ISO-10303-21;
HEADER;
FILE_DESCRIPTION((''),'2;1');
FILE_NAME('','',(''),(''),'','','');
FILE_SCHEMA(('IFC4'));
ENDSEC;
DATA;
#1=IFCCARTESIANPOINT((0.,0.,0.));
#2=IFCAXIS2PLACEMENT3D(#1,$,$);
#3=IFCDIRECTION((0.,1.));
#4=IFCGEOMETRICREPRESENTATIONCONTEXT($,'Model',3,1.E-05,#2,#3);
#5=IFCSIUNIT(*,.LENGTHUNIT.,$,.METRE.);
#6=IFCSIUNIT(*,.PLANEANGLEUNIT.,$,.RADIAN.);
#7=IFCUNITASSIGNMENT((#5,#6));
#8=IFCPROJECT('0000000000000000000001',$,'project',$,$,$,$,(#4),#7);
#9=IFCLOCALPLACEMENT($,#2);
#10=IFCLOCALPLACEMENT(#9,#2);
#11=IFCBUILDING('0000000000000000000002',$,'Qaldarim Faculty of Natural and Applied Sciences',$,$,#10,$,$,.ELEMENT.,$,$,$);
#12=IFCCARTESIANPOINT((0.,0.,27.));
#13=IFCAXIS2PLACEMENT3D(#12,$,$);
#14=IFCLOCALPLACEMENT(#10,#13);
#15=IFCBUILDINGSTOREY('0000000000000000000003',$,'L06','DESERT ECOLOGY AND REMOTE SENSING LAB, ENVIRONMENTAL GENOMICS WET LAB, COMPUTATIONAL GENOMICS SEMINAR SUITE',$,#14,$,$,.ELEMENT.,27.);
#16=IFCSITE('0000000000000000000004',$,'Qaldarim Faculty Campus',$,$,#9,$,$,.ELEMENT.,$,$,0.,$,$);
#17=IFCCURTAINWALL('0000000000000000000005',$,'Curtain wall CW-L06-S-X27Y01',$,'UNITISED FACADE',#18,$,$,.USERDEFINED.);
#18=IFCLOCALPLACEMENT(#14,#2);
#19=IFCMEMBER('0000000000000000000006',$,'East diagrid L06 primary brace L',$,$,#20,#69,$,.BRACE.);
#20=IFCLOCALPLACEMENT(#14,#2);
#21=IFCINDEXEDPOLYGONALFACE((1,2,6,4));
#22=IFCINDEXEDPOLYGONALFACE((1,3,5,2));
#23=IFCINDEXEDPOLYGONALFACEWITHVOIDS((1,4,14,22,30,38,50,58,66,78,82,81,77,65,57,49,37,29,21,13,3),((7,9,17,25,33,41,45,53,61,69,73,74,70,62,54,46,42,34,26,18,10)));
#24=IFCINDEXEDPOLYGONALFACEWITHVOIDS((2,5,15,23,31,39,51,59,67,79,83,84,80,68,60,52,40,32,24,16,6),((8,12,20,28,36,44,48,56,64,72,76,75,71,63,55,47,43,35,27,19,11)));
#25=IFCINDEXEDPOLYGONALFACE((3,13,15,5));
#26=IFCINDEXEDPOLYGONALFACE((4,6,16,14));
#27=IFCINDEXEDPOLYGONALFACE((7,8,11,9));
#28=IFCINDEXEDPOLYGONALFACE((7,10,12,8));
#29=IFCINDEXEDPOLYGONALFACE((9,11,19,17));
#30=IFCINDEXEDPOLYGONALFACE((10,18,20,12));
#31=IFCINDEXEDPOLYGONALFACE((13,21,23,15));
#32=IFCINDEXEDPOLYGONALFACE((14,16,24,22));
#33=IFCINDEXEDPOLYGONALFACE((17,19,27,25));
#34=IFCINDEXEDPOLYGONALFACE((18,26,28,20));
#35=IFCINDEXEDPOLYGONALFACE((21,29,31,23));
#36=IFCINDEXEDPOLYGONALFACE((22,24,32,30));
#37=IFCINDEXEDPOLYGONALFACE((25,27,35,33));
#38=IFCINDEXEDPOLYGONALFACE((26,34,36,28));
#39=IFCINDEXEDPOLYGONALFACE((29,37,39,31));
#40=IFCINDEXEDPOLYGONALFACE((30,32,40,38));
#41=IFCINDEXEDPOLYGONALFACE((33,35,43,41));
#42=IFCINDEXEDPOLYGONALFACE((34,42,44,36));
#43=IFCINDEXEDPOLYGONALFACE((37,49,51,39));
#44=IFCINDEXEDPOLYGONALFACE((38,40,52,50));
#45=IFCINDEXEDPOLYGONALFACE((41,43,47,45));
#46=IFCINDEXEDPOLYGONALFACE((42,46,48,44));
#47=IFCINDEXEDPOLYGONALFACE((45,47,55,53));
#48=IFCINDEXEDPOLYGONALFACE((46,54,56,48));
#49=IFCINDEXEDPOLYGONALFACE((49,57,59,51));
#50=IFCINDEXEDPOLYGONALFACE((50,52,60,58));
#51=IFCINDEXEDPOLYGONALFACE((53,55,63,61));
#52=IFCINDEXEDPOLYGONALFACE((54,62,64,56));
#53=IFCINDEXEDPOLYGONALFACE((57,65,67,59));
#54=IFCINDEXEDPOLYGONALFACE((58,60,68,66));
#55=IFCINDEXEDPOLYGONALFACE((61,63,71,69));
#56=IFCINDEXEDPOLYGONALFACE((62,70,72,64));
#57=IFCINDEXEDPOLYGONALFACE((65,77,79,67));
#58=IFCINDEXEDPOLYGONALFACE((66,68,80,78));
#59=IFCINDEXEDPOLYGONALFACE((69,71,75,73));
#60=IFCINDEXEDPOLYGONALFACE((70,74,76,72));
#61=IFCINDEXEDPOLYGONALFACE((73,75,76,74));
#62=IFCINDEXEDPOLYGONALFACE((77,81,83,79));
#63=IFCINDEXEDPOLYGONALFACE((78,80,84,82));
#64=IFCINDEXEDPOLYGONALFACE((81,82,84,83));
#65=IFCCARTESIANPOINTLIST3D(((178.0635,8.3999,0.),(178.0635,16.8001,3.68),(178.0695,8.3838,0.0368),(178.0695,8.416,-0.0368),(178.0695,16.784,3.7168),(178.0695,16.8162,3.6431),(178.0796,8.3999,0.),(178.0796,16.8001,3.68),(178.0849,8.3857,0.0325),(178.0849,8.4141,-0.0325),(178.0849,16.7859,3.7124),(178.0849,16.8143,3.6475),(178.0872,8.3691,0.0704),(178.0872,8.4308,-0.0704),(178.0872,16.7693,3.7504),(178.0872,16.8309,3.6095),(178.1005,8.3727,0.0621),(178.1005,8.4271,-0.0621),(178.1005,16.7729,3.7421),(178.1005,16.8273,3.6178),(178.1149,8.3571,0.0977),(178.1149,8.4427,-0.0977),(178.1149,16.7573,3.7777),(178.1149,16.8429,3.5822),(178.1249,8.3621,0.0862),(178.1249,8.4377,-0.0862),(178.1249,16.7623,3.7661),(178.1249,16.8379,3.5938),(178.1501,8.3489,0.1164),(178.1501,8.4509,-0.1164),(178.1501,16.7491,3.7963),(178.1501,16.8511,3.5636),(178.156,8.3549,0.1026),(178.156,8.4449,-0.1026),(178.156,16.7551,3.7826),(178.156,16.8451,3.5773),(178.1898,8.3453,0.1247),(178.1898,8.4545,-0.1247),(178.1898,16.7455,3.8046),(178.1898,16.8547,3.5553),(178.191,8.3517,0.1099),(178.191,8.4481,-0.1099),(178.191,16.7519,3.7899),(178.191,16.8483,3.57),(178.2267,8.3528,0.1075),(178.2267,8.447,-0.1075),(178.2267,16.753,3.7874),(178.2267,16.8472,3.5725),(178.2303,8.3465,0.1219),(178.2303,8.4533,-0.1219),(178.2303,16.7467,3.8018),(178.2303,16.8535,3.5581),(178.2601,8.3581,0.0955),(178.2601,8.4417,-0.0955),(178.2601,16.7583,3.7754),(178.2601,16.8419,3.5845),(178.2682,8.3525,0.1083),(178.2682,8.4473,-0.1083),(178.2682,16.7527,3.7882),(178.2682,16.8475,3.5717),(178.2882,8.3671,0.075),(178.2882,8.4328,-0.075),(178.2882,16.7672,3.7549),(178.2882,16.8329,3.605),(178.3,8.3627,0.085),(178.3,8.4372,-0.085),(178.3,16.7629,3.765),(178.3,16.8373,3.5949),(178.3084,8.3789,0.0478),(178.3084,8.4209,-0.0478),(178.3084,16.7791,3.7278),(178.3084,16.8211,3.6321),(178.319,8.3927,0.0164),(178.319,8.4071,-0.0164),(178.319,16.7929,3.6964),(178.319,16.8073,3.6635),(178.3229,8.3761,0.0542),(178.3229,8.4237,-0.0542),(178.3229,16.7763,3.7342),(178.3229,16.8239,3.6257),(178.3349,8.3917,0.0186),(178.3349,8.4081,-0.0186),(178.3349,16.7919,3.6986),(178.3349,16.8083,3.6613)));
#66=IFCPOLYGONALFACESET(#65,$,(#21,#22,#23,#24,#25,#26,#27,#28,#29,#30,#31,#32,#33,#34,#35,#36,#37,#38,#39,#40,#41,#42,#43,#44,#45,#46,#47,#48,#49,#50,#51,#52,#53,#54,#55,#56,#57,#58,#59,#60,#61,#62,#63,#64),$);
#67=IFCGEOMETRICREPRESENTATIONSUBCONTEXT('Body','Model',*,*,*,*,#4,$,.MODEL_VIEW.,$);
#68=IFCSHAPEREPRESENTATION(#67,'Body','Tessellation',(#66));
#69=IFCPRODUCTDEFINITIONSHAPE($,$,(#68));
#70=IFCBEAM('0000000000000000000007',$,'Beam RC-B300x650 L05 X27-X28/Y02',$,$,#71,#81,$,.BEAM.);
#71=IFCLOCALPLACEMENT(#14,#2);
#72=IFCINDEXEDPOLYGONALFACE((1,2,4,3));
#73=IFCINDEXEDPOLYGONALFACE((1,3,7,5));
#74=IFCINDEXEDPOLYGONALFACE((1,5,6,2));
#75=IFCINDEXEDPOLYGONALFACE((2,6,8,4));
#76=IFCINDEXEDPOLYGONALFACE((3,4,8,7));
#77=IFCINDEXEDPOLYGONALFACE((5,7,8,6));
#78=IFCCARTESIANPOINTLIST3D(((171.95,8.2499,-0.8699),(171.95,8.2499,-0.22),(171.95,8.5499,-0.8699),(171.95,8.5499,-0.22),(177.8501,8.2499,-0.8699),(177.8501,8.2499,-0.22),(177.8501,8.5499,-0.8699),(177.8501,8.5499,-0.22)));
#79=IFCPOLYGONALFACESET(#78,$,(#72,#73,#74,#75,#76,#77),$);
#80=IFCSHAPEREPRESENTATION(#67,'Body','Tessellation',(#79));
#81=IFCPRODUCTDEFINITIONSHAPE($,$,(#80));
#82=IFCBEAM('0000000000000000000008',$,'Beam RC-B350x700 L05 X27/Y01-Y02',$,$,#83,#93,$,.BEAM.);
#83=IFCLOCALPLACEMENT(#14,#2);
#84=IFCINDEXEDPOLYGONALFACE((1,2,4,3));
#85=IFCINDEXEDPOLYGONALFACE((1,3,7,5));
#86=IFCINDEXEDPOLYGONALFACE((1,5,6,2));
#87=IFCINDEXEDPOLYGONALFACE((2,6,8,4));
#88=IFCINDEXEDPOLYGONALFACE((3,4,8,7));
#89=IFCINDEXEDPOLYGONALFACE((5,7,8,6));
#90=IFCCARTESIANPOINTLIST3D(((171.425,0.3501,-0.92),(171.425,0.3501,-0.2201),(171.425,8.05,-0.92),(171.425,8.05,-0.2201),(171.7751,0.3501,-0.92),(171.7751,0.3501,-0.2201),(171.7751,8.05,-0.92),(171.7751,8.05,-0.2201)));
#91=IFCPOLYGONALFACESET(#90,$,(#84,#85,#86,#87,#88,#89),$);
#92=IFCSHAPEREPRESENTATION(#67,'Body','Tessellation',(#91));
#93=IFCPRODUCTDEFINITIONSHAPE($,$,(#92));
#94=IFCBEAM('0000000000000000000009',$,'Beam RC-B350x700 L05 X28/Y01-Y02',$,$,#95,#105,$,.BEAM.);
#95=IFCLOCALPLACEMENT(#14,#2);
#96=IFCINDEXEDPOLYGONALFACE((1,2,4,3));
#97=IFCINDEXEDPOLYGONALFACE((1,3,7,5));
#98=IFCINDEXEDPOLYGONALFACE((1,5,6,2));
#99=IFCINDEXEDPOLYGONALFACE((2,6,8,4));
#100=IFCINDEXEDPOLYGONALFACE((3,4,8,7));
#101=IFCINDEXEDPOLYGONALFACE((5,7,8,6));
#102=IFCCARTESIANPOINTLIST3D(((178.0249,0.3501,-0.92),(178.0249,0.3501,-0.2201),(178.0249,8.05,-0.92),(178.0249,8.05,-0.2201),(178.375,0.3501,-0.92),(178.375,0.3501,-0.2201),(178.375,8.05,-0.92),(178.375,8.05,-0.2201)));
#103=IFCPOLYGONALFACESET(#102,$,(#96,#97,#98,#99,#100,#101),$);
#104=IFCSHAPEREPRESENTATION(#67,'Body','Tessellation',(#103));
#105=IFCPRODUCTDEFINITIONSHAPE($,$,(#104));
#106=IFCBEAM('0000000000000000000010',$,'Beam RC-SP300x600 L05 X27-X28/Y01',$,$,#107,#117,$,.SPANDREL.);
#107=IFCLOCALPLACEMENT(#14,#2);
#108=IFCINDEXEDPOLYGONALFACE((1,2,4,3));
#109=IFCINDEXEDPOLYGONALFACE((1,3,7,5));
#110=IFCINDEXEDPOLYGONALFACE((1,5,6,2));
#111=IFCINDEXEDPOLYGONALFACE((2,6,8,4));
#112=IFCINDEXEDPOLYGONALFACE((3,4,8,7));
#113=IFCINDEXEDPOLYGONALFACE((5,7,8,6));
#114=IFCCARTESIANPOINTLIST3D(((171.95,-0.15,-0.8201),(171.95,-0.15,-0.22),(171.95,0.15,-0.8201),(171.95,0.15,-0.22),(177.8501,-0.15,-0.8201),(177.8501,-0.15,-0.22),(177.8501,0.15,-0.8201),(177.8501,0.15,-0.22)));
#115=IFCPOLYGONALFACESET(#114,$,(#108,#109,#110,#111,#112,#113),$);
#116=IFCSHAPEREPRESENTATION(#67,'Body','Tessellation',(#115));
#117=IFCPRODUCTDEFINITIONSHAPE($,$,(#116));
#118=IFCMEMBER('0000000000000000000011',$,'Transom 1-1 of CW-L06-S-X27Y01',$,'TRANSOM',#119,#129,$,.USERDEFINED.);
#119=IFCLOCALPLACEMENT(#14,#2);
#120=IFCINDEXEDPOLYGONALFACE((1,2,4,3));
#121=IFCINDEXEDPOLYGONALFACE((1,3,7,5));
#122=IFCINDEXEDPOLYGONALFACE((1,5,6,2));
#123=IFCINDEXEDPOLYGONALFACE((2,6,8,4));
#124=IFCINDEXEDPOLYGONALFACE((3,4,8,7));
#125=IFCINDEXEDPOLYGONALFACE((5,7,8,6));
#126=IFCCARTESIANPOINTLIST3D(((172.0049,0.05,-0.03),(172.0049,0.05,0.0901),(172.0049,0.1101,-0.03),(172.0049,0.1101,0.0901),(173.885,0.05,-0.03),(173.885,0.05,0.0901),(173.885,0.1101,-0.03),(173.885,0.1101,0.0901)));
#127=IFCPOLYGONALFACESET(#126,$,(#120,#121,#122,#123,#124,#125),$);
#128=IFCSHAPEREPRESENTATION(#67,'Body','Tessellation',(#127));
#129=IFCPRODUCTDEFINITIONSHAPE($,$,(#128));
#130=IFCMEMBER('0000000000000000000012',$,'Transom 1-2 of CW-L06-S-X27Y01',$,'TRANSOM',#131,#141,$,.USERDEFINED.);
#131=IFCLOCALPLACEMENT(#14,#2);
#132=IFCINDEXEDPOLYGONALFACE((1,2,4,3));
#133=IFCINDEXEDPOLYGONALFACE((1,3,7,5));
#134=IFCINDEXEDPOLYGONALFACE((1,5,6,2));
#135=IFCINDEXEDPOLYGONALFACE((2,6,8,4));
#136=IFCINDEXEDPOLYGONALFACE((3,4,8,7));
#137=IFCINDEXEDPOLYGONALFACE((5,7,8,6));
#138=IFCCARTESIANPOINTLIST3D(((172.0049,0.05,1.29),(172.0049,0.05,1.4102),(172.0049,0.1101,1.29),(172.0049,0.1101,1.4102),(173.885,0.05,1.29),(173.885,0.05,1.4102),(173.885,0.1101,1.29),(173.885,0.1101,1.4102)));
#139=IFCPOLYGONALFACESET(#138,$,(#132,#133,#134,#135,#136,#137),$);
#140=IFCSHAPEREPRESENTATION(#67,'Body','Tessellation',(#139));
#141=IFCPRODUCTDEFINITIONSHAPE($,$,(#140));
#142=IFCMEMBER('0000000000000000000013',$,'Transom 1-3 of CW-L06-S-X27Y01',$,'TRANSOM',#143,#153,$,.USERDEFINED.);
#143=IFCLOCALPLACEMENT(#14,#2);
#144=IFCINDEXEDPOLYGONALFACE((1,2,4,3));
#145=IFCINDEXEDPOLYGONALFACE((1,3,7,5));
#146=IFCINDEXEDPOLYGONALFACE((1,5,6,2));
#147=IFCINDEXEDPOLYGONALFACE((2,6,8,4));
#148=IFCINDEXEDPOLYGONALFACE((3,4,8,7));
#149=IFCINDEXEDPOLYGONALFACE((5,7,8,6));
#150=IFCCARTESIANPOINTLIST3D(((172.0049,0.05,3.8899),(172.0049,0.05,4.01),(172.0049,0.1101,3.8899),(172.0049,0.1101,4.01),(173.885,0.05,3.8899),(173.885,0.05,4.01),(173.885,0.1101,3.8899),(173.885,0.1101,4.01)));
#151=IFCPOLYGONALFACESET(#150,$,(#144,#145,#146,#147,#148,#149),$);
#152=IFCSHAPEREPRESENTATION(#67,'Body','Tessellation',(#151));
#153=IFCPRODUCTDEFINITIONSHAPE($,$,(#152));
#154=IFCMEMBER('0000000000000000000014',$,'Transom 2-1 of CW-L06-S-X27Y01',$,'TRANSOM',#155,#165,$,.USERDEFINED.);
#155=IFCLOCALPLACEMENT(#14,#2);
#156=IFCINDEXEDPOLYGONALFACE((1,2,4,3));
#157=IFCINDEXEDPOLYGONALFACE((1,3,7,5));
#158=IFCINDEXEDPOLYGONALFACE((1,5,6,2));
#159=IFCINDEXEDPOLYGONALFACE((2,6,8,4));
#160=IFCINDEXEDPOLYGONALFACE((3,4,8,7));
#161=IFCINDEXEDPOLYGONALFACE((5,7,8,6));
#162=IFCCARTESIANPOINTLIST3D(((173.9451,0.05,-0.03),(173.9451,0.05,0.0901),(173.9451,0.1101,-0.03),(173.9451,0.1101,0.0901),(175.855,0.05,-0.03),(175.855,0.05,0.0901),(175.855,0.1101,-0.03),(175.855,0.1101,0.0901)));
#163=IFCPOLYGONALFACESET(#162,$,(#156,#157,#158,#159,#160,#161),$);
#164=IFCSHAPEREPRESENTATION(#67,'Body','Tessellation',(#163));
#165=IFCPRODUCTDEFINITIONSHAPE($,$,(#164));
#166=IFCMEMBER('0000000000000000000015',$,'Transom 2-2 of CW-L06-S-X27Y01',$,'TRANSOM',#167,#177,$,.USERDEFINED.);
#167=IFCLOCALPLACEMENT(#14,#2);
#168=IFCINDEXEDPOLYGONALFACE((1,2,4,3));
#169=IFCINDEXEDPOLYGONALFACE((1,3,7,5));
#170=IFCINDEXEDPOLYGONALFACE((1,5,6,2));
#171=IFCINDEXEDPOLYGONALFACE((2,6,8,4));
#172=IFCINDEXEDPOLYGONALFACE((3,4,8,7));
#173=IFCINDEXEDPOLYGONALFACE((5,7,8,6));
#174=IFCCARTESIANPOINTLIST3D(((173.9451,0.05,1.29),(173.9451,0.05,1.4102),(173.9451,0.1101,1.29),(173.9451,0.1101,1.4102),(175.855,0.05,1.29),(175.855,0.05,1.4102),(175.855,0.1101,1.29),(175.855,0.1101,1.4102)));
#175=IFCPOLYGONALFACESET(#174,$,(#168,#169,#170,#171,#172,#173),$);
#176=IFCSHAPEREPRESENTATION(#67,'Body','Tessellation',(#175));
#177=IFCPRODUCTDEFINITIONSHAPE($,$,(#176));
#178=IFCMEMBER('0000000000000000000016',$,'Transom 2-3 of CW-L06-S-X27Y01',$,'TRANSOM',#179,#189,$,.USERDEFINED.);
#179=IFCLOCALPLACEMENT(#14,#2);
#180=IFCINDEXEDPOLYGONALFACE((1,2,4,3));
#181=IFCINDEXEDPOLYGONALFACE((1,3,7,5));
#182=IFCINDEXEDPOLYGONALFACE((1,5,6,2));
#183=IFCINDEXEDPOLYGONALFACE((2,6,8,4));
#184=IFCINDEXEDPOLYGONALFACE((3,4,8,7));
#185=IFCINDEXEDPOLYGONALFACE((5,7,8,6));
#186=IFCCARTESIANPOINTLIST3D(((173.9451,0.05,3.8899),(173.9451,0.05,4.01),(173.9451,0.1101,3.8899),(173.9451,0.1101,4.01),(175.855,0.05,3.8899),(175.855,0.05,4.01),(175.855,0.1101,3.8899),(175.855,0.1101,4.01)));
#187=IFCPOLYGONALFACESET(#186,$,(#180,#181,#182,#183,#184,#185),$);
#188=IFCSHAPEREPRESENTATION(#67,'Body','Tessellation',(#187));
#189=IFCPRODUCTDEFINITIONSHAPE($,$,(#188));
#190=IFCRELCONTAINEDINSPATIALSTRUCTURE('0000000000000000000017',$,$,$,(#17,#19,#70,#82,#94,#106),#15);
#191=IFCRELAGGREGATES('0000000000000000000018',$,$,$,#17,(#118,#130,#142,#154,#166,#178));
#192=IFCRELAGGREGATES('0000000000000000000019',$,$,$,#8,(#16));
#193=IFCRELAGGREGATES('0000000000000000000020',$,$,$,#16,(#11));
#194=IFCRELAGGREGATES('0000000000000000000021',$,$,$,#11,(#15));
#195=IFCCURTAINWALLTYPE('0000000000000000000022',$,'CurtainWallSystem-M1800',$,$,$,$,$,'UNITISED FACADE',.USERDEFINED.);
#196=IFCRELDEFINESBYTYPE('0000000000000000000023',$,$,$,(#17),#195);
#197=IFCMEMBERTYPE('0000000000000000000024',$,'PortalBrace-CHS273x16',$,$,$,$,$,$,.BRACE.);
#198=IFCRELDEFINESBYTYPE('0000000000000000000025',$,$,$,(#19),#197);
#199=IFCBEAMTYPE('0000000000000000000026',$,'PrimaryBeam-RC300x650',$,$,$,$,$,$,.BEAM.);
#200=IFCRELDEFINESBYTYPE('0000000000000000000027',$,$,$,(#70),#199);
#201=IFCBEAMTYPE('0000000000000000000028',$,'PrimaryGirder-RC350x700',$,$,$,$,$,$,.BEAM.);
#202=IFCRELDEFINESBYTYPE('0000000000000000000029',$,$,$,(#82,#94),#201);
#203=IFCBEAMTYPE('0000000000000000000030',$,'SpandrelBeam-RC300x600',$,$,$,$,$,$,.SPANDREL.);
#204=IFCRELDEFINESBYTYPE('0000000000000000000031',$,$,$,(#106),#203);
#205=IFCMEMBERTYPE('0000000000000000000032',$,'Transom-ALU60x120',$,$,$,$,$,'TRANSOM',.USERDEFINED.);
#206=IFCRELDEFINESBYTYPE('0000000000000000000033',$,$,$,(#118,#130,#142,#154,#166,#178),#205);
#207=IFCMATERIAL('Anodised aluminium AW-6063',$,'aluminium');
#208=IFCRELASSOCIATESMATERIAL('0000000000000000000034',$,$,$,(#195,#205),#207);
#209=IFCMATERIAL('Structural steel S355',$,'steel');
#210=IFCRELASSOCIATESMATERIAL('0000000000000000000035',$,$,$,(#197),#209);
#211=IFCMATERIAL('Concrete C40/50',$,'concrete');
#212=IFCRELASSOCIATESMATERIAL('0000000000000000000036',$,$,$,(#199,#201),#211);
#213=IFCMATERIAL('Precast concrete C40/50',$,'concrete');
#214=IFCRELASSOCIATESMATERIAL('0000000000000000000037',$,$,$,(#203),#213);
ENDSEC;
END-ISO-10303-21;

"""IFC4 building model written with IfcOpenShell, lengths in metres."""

from ifc_helpers import new_model, si_unit, direction, frame, origin, origin_2d, place, context, subcontext, project, spatial, rectangle, hollow_circle, extrude, material, material_profile, profile_set, type_object, element, aggregate, save


model = new_model("IFC4")

# Units and contexts
model_context = context("Model", 3, precision=1e-05, world=origin(), true_north=direction((0.0, 1.0)))
body_context = subcontext(model_context, "Body", "Model", "MODEL_VIEW")
ifc_project = project(units=[si_unit("LENGTHUNIT", "METRE"), si_unit("PLANEANGLEUNIT", "RADIAN")], contexts=[model_context])

# Site, building, storey
site_placement = place(None, origin())
site = spatial("IfcSite", under=ifc_project, at=site_placement, Name="Qaldarim Faculty Campus", CompositionType="ELEMENT", RefElevation=0.0)
building_placement = place(site_placement, origin())
building = spatial("IfcBuilding", under=site, at=building_placement, Name="Qaldarim Faculty of Natural and Applied Sciences", CompositionType="ELEMENT")
storey_placement = place(building_placement, frame((0.0, 0.0, 27.0)))
storey = spatial("IfcBuildingStorey", under=building, at=storey_placement, Name="L06", Description="DESERT ECOLOGY AND REMOTE SENSING LAB, ENVIRONMENTAL GENOMICS WET LAB, COMPUTATIONAL GENOMICS SEMINAR SUITE", CompositionType="ELEMENT", Elevation=27.0)

# Shared definitions
ifc_material_1 = material(Name="Concrete C40/50", Category="concrete")

# Curtain wall
ifc_material_2 = material(Name="Anodised aluminium AW-6063", Category="aluminium")
curtain_wall_type = type_object("IfcCurtainWallType", Name="CurtainWallSystem-M1800", ElementType="UNITISED FACADE", PredefinedType="USERDEFINED", material=ifc_material_2)
curtain_wall_placement = place(storey_placement, origin())
curtain_wall = element("IfcCurtainWall", 1, at=curtain_wall_placement, inside=storey, type_object=curtain_wall_type, Name="Curtain wall CW-L06-S-X27Y01", ObjectType="UNITISED FACADE", PredefinedType="USERDEFINED")

# Member
ifc_material_3 = material(Name="Structural steel S355", Category="steel")
ifc_material_profile_1 = material_profile(ifc_material_3, hollow_circle(Radius=0.1365, WallThickness=0.0161, at=origin_2d()), Name="CHS 273.0x16.0")
ifc_profile_set_1 = profile_set([ifc_material_profile_1], Name="Structural steel S355")
member_type_1 = type_object("IfcMemberType", Name="PortalBrace-CHS273x16", PredefinedType="BRACE", material=ifc_profile_set_1)
member_1_placement = place(storey_placement, frame((178.2, 8.3999, 0.0), z_axis=(0.0, 0.915962, 0.401264), x_axis=(-1.0, 0.0, 0.0)))
element("IfcMember", 2, at=member_1_placement, inside=storey, type_object=member_type_1, Name="East diagrid L06 primary brace L", PredefinedType="BRACE", context=body_context, shape_type="SweptSolid", body=[
    extrude(hollow_circle(Radius=0.1365, WallThickness=0.0161, at=origin_2d()), origin(), (0.0, 0.0, 1.0), 9.1709),
])

# Beams
ifc_material_profile_2 = material_profile(ifc_material_1, rectangle(XDim=0.3, YDim=0.6499, at=origin_2d()), Name="RC-B300x650")
ifc_profile_set_2 = profile_set([ifc_material_profile_2], Name="Concrete C40/50")
beam_type_1 = type_object("IfcBeamType", Name="PrimaryBeam-RC300x650", PredefinedType="BEAM", material=ifc_profile_set_2)
beam_1_placement = place(storey_placement, frame((171.95, 8.3999, -0.5449), z_axis=(1.0, 0.0, 0.0), x_axis=(0.0, 1.0, 0.0)))
element("IfcBeam", 3, at=beam_1_placement, inside=storey, type_object=beam_type_1, Name="Beam RC-B300x650 L05 X27-X28/Y02", PredefinedType="BEAM", context=body_context, shape_type="SweptSolid", body=[
    extrude(rectangle(XDim=0.3, YDim=0.6499, at=origin_2d()), origin(), (0.0, 0.0, 1.0), 5.9001),
])
ifc_material_profile_3 = material_profile(ifc_material_1, rectangle(XDim=0.3501, YDim=0.7, at=origin_2d()), Name="RC-B350x700")
ifc_profile_set_3 = profile_set([ifc_material_profile_3], Name="Concrete C40/50")
beam_type_2 = type_object("IfcBeamType", Name="PrimaryGirder-RC350x700", PredefinedType="BEAM", material=ifc_profile_set_3)
for number, where, z_axis, x_axis, name in (
    (4, (171.6001, 0.3501, -0.5701), (0.0, 1.0, 0.0), (-1.0, 0.0, 0.0), "Beam RC-B350x700 L05 X27/Y01-Y02"),
    (5, (178.2, 0.3501, -0.5701), (0.0, 1.0, 0.0), (-1.0, 0.0, 0.0), "Beam RC-B350x700 L05 X28/Y01-Y02"),
):
    element("IfcBeam", number, at=place(storey_placement, frame(where, z_axis=z_axis, x_axis=x_axis)), inside=storey, type_object=beam_type_2, Name=name, PredefinedType="BEAM", context=body_context, shape_type="SweptSolid", body=[
        extrude(rectangle(XDim=0.3501, YDim=0.7, at=origin_2d()), origin(), (0.0, 0.0, 1.0), 7.7),
    ])
ifc_material_4 = material(Name="Precast concrete C40/50", Category="concrete")
ifc_material_profile_4 = material_profile(ifc_material_4, rectangle(XDim=0.3, YDim=0.6001, at=origin_2d()), Name="RC-SP300x600")
ifc_profile_set_4 = profile_set([ifc_material_profile_4], Name="Precast concrete C40/50")
beam_type_3 = type_object("IfcBeamType", Name="SpandrelBeam-RC300x600", PredefinedType="SPANDREL", material=ifc_profile_set_4)
beam_2_placement = place(storey_placement, frame((171.95, 0.0, -0.52), z_axis=(1.0, 0.0, 0.0), x_axis=(0.0, 1.0, 0.0)))
element("IfcBeam", 6, at=beam_2_placement, inside=storey, type_object=beam_type_3, Name="Beam RC-SP300x600 L05 X27-X28/Y01", PredefinedType="SPANDREL", context=body_context, shape_type="SweptSolid", body=[
    extrude(rectangle(XDim=0.3, YDim=0.6001, at=origin_2d()), origin(), (0.0, 0.0, 1.0), 5.9001),
])

# Members
ifc_material_profile_5 = material_profile(ifc_material_2, rectangle(XDim=0.0601, YDim=0.1201, at=origin_2d()), Name="ALU-T60x120")
ifc_profile_set_5 = profile_set([ifc_material_profile_5], Name="Anodised aluminium AW-6063")
member_type_2 = type_object("IfcMemberType", Name="Transom-ALU60x120", ElementType="TRANSOM", PredefinedType="USERDEFINED", material=ifc_profile_set_5)
member_2_placement = place(storey_placement, frame((172.0049, 0.0801, 0.03), z_axis=(1.0, 0.0, 0.0), x_axis=(0.0, 1.0, 0.0)))
member_2 = element("IfcMember", 7, at=member_2_placement, type_object=member_type_2, Name="Transom 1-1 of CW-L06-S-X27Y01", ObjectType="TRANSOM", PredefinedType="USERDEFINED", context=body_context, shape_type="SweptSolid", body=[
    extrude(rectangle(XDim=0.0601, YDim=0.1201, at=origin_2d()), origin(), (0.0, 0.0, 1.0), 1.8801),
])
member_3_placement = place(storey_placement, frame((172.0049, 0.0801, 1.3501), z_axis=(1.0, 0.0, 0.0), x_axis=(0.0, 1.0, 0.0)))
member_3 = element("IfcMember", 8, at=member_3_placement, type_object=member_type_2, Name="Transom 1-2 of CW-L06-S-X27Y01", ObjectType="TRANSOM", PredefinedType="USERDEFINED", context=body_context, shape_type="SweptSolid", body=[
    extrude(rectangle(XDim=0.0601, YDim=0.1201, at=origin_2d()), origin(), (0.0, 0.0, 1.0), 1.8801),
])
member_4_placement = place(storey_placement, frame((172.0049, 0.0801, 3.95), z_axis=(1.0, 0.0, 0.0), x_axis=(0.0, 1.0, 0.0)))
member_4 = element("IfcMember", 9, at=member_4_placement, type_object=member_type_2, Name="Transom 1-3 of CW-L06-S-X27Y01", ObjectType="TRANSOM", PredefinedType="USERDEFINED", context=body_context, shape_type="SweptSolid", body=[
    extrude(rectangle(XDim=0.0601, YDim=0.1201, at=origin_2d()), origin(), (0.0, 0.0, 1.0), 1.8801),
])
member_5_placement = place(storey_placement, frame((173.9451, 0.0801, 0.03), z_axis=(1.0, 0.0, 0.0), x_axis=(0.0, 1.0, 0.0)))
member_5 = element("IfcMember", 10, at=member_5_placement, type_object=member_type_2, Name="Transom 2-1 of CW-L06-S-X27Y01", ObjectType="TRANSOM", PredefinedType="USERDEFINED", context=body_context, shape_type="SweptSolid", body=[
    extrude(rectangle(XDim=0.0601, YDim=0.1201, at=origin_2d()), origin(), (0.0, 0.0, 1.0), 1.9099),
])
member_6_placement = place(storey_placement, frame((173.9451, 0.0801, 1.3501), z_axis=(1.0, 0.0, 0.0), x_axis=(0.0, 1.0, 0.0)))
member_6 = element("IfcMember", 11, at=member_6_placement, type_object=member_type_2, Name="Transom 2-2 of CW-L06-S-X27Y01", ObjectType="TRANSOM", PredefinedType="USERDEFINED", context=body_context, shape_type="SweptSolid", body=[
    extrude(rectangle(XDim=0.0601, YDim=0.1201, at=origin_2d()), origin(), (0.0, 0.0, 1.0), 1.9099),
])
member_7_placement = place(storey_placement, frame((173.9451, 0.0801, 3.95), z_axis=(1.0, 0.0, 0.0), x_axis=(0.0, 1.0, 0.0)))
member_7 = element("IfcMember", 12, at=member_7_placement, type_object=member_type_2, Name="Transom 2-3 of CW-L06-S-X27Y01", ObjectType="TRANSOM", PredefinedType="USERDEFINED", context=body_context, shape_type="SweptSolid", body=[
    extrude(rectangle(XDim=0.0601, YDim=0.1201, at=origin_2d()), origin(), (0.0, 0.0, 1.0), 1.9099),
])

aggregate(curtain_wall, [member_2, member_3, member_4, member_5, member_6, member_7])

save(model, "model.ifc")
